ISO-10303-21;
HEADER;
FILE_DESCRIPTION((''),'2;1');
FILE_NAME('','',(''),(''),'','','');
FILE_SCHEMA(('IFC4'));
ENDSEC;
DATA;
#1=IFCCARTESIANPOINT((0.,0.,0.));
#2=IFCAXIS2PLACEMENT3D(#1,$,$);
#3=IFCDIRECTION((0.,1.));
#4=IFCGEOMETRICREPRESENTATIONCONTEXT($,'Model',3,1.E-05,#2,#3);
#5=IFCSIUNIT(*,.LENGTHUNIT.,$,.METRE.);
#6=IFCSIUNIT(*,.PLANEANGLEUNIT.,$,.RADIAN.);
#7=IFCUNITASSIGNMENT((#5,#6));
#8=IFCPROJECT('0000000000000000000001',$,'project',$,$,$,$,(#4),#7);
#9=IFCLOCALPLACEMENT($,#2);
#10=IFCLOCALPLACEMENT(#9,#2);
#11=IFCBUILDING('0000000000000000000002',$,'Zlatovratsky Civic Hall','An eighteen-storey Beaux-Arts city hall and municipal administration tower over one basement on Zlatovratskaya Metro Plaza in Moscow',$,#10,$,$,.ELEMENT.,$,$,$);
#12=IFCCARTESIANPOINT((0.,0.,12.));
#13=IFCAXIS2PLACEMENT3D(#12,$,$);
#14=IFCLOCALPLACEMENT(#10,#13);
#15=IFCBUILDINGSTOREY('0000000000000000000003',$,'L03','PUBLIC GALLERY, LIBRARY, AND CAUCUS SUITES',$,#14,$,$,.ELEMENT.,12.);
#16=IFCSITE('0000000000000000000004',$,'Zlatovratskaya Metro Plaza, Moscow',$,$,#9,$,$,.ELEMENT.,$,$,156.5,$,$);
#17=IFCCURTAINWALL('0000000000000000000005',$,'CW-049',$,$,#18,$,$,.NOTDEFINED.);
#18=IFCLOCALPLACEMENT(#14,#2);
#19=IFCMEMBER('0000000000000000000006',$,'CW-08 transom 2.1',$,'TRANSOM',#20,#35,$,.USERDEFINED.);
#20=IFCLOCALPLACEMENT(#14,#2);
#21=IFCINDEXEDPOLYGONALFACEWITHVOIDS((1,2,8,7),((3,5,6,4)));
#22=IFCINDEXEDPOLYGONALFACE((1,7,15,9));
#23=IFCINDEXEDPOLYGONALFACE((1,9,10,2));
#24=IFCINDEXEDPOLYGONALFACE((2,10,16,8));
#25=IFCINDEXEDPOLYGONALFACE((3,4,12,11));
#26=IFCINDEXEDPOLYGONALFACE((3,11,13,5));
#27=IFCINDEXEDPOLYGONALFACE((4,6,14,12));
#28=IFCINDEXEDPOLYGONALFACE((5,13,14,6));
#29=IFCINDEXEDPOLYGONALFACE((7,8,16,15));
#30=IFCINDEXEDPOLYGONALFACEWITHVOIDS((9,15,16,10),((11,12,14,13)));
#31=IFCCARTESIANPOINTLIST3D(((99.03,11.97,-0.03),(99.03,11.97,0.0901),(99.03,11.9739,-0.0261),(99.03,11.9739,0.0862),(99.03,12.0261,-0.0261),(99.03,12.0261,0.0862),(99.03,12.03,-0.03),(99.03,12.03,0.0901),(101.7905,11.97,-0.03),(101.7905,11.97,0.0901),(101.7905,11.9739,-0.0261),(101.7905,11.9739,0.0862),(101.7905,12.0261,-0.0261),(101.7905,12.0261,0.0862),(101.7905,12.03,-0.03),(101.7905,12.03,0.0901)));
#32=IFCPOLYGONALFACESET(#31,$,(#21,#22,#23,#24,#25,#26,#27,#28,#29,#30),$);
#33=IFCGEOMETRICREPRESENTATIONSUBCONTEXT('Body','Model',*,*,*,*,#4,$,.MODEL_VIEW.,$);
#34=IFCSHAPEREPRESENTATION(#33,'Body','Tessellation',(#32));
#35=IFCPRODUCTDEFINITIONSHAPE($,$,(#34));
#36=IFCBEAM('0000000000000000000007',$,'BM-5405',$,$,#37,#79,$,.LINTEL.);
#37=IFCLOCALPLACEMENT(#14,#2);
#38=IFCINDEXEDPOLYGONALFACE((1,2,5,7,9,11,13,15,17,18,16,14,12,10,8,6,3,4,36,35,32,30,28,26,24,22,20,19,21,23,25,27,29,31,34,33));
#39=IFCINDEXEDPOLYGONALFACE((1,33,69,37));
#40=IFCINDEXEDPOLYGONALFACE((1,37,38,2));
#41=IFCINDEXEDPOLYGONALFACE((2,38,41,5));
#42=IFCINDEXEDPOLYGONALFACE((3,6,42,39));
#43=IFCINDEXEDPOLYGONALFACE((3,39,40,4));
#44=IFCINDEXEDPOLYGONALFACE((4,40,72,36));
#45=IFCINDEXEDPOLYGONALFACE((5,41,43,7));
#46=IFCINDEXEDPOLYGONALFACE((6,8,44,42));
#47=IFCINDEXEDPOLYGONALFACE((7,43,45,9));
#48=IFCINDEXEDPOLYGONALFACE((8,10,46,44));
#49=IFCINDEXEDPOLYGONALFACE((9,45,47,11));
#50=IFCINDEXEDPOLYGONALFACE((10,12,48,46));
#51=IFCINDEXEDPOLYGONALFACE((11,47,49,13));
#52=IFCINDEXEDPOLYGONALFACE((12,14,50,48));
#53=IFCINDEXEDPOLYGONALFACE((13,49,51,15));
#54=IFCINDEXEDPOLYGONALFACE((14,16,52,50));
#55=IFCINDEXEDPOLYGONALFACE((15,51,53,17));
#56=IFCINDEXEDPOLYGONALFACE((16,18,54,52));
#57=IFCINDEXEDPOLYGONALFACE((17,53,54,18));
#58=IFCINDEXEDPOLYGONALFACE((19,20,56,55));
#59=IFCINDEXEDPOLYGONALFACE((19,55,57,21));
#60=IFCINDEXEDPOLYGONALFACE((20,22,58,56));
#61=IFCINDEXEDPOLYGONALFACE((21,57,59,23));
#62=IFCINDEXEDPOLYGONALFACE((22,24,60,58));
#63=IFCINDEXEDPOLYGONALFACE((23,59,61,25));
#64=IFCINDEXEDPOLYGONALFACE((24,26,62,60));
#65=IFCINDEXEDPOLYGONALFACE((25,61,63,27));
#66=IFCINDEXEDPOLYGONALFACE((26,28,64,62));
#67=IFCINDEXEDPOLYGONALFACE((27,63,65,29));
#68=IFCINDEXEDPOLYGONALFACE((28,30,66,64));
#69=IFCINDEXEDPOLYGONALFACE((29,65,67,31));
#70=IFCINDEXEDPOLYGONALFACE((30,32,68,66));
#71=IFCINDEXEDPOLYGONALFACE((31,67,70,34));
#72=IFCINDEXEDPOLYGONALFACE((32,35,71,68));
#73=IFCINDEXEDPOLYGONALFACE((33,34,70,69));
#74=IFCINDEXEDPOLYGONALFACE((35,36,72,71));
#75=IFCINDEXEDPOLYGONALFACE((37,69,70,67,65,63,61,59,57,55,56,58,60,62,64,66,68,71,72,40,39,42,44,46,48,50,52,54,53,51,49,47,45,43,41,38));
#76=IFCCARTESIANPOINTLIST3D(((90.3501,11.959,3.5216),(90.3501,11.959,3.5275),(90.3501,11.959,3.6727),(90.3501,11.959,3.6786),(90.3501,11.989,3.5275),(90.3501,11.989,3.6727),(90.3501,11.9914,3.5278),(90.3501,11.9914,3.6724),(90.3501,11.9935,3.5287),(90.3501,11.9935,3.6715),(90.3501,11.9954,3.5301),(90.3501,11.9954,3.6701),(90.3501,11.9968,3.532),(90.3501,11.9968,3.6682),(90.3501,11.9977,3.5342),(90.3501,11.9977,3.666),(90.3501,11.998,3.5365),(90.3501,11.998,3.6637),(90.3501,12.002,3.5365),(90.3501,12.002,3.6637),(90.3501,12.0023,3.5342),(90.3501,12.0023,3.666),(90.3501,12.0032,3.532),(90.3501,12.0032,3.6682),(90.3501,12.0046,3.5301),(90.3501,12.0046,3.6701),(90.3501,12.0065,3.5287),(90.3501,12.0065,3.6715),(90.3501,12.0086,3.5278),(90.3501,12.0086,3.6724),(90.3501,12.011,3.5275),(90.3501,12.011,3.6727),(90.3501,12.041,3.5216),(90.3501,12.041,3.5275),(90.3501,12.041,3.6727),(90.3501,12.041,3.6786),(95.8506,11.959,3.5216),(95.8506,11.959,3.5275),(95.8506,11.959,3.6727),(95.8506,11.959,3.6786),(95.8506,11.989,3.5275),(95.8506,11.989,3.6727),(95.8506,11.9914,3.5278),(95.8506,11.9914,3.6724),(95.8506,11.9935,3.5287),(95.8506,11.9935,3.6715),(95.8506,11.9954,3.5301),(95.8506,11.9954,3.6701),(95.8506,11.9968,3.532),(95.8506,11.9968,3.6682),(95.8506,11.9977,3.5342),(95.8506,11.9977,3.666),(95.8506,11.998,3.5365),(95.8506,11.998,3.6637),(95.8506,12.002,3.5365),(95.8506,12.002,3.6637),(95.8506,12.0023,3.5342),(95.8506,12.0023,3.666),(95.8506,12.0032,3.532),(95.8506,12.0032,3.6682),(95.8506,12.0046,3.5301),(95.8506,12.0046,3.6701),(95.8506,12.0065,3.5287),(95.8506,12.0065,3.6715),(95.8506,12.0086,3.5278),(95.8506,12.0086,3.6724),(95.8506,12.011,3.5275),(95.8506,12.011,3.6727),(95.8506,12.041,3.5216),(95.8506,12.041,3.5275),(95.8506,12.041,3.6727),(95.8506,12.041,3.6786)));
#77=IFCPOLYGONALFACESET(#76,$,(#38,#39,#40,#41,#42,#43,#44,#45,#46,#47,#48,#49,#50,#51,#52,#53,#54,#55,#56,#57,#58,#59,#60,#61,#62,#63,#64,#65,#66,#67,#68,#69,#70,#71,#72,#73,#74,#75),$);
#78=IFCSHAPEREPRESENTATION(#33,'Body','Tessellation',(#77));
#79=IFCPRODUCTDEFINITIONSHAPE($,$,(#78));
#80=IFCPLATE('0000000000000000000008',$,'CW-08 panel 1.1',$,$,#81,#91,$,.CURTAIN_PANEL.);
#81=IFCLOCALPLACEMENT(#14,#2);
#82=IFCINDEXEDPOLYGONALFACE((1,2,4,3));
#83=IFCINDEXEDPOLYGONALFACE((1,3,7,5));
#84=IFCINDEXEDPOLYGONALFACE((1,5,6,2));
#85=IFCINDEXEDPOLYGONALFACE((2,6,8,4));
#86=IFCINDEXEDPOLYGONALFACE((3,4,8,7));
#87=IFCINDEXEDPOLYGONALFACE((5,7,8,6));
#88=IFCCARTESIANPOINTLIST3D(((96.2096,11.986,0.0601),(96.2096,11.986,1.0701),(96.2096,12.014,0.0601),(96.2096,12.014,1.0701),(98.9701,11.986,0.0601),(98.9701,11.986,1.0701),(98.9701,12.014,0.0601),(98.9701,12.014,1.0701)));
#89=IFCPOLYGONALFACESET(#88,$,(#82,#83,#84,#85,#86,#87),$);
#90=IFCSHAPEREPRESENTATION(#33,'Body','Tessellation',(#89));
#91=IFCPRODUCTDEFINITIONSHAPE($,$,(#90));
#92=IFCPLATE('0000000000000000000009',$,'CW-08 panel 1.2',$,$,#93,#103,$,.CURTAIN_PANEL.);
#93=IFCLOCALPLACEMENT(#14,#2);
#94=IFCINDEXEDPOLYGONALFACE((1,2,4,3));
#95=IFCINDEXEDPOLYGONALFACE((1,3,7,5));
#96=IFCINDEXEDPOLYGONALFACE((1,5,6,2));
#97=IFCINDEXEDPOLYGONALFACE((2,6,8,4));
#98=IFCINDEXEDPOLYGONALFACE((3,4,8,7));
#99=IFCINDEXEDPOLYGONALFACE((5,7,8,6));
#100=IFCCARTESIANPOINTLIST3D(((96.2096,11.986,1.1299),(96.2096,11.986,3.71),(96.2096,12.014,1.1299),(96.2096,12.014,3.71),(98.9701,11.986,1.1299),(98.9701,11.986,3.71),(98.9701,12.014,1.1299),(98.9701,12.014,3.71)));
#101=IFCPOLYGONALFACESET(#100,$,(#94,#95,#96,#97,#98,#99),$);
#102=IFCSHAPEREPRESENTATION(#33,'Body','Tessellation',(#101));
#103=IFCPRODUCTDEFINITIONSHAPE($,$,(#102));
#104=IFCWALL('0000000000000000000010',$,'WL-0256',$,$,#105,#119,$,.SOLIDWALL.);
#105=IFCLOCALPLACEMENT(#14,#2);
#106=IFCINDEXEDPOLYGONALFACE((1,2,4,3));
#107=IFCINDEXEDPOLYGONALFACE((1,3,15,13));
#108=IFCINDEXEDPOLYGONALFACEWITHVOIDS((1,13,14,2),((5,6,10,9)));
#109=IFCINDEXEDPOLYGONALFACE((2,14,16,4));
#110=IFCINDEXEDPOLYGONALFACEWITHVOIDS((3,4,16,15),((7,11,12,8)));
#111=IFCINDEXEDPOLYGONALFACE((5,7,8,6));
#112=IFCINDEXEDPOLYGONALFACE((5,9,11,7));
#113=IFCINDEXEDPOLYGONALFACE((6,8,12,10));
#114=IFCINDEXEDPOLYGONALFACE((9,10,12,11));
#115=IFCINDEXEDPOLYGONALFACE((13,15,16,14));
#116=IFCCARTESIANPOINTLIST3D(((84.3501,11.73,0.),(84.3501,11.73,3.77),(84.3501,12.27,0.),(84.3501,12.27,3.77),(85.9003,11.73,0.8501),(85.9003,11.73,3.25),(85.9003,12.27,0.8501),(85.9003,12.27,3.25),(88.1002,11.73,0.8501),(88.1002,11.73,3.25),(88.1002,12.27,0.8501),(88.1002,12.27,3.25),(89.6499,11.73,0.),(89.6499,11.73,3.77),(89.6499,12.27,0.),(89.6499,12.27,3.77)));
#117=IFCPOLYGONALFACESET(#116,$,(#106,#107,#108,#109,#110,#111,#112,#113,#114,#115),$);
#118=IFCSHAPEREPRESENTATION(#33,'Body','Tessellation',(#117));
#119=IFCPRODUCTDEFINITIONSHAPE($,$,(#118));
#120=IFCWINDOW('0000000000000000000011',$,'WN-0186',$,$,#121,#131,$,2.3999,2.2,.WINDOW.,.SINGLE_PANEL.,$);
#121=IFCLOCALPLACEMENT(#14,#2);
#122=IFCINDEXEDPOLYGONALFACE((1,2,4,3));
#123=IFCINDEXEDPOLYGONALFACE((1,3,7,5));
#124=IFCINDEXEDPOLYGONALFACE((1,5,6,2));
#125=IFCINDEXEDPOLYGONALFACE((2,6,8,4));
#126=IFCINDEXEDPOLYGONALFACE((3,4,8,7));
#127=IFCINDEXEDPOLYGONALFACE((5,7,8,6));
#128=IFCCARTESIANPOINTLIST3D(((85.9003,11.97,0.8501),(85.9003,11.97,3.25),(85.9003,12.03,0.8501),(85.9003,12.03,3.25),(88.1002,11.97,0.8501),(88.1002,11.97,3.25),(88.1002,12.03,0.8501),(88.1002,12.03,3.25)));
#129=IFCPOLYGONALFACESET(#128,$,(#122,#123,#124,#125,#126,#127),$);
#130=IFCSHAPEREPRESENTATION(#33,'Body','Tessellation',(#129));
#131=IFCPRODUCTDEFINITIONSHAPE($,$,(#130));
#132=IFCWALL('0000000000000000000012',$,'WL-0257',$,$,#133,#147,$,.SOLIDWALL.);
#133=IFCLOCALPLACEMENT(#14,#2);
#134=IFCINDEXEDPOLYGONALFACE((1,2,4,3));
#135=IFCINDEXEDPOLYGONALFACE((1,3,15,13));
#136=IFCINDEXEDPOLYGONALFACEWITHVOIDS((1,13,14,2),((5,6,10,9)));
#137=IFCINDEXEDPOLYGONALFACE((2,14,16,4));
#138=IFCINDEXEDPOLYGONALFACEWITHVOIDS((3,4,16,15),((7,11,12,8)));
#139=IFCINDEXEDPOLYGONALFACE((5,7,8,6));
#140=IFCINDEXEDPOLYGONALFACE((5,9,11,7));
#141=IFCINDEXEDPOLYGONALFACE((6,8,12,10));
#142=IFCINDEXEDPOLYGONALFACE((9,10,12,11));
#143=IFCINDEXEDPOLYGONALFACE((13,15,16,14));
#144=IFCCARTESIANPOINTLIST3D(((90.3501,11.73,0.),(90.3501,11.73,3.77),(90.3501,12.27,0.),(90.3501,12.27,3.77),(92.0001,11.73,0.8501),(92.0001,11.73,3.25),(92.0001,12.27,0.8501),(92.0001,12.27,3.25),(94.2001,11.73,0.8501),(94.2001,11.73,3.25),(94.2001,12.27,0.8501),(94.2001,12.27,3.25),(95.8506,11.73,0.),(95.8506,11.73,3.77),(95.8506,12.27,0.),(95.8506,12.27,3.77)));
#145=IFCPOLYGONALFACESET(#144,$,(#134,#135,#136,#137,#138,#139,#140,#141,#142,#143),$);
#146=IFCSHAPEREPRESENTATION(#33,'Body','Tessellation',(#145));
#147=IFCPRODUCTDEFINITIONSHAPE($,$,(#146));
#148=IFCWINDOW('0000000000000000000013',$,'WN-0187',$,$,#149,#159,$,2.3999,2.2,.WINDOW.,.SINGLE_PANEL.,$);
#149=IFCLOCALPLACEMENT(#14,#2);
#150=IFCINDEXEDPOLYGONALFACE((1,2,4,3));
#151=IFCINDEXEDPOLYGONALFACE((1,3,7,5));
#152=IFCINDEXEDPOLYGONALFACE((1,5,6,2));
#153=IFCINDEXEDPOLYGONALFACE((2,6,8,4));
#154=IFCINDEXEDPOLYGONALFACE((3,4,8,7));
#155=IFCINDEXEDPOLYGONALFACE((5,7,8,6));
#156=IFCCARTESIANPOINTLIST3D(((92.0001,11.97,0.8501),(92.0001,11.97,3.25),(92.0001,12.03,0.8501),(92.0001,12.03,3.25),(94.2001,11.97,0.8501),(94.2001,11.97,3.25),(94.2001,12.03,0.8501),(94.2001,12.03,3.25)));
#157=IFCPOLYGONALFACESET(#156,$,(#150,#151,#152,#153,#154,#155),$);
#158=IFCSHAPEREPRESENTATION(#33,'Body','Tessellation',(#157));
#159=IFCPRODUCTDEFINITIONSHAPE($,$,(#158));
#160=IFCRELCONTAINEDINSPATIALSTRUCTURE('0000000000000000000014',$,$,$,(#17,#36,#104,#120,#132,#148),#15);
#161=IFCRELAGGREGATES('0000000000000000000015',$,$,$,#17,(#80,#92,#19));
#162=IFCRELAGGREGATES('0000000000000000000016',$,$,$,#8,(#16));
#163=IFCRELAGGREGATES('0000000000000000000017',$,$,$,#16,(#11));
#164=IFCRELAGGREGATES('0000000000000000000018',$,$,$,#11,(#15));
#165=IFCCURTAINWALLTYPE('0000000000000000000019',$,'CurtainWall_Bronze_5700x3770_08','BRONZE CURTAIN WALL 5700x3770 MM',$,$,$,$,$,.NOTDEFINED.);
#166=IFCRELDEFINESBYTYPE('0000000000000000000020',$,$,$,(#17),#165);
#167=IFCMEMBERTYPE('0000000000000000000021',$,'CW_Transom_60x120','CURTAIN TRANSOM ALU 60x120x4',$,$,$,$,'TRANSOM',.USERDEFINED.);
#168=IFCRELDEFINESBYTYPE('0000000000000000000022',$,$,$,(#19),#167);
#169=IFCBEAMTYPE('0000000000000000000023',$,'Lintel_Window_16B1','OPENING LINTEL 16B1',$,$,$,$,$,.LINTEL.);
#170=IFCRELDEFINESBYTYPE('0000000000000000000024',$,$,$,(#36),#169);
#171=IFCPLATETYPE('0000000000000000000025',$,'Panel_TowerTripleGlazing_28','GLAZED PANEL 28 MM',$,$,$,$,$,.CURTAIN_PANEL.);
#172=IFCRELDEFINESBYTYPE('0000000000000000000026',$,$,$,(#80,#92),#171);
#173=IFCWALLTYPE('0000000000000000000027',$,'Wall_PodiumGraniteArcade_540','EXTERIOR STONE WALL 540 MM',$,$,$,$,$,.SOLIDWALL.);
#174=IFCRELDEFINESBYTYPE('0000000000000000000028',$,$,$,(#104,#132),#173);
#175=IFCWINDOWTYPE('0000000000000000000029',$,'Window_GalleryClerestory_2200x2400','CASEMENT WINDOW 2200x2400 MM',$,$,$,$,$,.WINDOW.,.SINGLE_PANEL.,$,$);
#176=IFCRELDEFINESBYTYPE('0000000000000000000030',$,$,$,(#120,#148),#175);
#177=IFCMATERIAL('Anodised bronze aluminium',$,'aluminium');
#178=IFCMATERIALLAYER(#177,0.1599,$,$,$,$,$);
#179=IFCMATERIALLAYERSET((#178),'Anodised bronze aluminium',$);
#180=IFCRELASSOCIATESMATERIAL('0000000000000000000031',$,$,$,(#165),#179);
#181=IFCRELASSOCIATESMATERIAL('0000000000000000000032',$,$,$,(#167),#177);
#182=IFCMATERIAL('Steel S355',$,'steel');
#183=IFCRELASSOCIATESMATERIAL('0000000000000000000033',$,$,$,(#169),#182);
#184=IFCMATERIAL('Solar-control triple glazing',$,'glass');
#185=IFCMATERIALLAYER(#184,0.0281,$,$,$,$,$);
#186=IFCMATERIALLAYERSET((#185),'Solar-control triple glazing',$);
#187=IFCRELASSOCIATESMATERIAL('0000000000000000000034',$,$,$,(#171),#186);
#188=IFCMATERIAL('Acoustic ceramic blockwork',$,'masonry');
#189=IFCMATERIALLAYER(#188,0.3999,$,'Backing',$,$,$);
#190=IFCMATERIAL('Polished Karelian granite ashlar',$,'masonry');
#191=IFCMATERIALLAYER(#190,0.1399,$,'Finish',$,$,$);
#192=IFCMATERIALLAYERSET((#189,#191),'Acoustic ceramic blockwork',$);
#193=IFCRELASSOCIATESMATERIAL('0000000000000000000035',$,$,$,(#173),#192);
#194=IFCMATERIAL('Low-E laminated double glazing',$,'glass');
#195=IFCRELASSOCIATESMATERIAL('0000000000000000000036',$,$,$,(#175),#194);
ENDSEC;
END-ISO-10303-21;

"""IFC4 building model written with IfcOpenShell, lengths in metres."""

from ifc_helpers import new_model, si_unit, direction, frame, frame_2d, origin, origin_2d, place, context, subcontext, project, spatial, rectangle, hollow_rectangle, i_section, extrude, material, layer, layer_set, material_profile, profile_set, type_object, element, fill, aggregate, save


model = new_model("IFC4")

# Units and contexts
model_context = context("Model", 3, precision=1e-05, world=origin(), true_north=direction((0.0, 1.0)))
body_context = subcontext(model_context, "Body", "Model", "MODEL_VIEW")
ifc_project = project(units=[si_unit("LENGTHUNIT", "METRE"), si_unit("PLANEANGLEUNIT", "RADIAN")], contexts=[model_context])

# Site, building, storey
site_placement = place(None, origin())
site = spatial("IfcSite", under=ifc_project, at=site_placement, Name="Zlatovratskaya Metro Plaza, Moscow", CompositionType="ELEMENT", RefElevation=156.5)
building_placement = place(site_placement, origin())
building = spatial("IfcBuilding", under=site, at=building_placement, Name="Zlatovratsky Civic Hall", Description="An eighteen-storey Beaux-Arts city hall and municipal administration tower over one basement on Zlatovratskaya Metro Plaza in Moscow", CompositionType="ELEMENT")
storey_placement = place(building_placement, frame((0.0, 0.0, 12.0)))
storey = spatial("IfcBuildingStorey", under=building, at=storey_placement, Name="L03", Description="PUBLIC GALLERY, LIBRARY, AND CAUCUS SUITES", CompositionType="ELEMENT", Elevation=12.0)

# Shared definitions
ifc_material_1 = material(Name="Steel S355", Category="steel")

# Curtain wall, member
ifc_material_2 = material(Name="Anodised bronze aluminium", Category="aluminium")
ifc_layer_1 = layer(ifc_material_2, 0.1599)
ifc_layer_set_1 = layer_set([ifc_layer_1], Name="Anodised bronze aluminium")
curtain_wall_type = type_object("IfcCurtainWallType", Name="CurtainWall_Bronze_5700x3770_08", Description="BRONZE CURTAIN WALL 5700x3770 MM", PredefinedType="NOTDEFINED", material=ifc_layer_set_1)
curtain_wall_placement = place(storey_placement, origin())
curtain_wall = element("IfcCurtainWall", 1, at=curtain_wall_placement, inside=storey, type_object=curtain_wall_type, Name="CW-049", PredefinedType="NOTDEFINED")
ifc_material_profile_1 = material_profile(ifc_material_2, hollow_rectangle(XDim=0.0601, YDim=0.1201, WallThickness=0.0039, at=origin_2d()), Name="ALU 60x120x4")
ifc_profile_set_1 = profile_set([ifc_material_profile_1], Name="Anodised bronze aluminium")
member_type_1 = type_object("IfcMemberType", Name="CW_Transom_60x120", Description="CURTAIN TRANSOM ALU 60x120x4", ElementType="TRANSOM", PredefinedType="USERDEFINED", material=ifc_profile_set_1)
member_1_placement = place(storey_placement, frame((99.03, 12.0, 0.03), z_axis=(1.0, 0.0, 0.0), x_axis=(0.0, 1.0, 0.0)))
member_1 = element("IfcMember", 2, at=member_1_placement, type_object=member_type_1, Name="CW-08 transom 2.1", ObjectType="TRANSOM", PredefinedType="USERDEFINED", context=body_context, shape_type="SweptSolid", body=[
    extrude(hollow_rectangle(XDim=0.0601, YDim=0.1201, WallThickness=0.0039, at=origin_2d()), origin(), (0.0, 0.0, 1.0), 2.7605),
])

# Beam
ifc_material_profile_2 = material_profile(ifc_material_1, i_section(OverallWidth=0.082, OverallDepth=0.157, WebThickness=0.0039, FlangeThickness=0.0059, FilletRadius=0.009, at=origin_2d()), Name="16B1")
ifc_profile_set_2 = profile_set([ifc_material_profile_2], Name="Steel S355")
beam_type_1 = type_object("IfcBeamType", Name="Lintel_Window_16B1", Description="OPENING LINTEL 16B1", PredefinedType="LINTEL", material=ifc_profile_set_2)
beam_1_placement = place(storey_placement, frame((90.3501, 12.0, 3.6001), z_axis=(1.0, 0.0, 0.0), x_axis=(0.0, 1.0, 0.0)))
element("IfcBeam", 3, at=beam_1_placement, inside=storey, type_object=beam_type_1, Name="BM-5405", PredefinedType="LINTEL", context=body_context, shape_type="SweptSolid", body=[
    extrude(i_section(OverallWidth=0.082, OverallDepth=0.157, WebThickness=0.0039, FlangeThickness=0.0059, FilletRadius=0.009, at=origin_2d()), origin(), (0.0, 0.0, 1.0), 5.5005),
])

# Plates
ifc_material_3 = material(Name="Solar-control triple glazing", Category="glass")
ifc_layer_2 = layer(ifc_material_3, 0.0281)
ifc_layer_set_2 = layer_set([ifc_layer_2], Name="Solar-control triple glazing")
plate_type = type_object("IfcPlateType", Name="Panel_TowerTripleGlazing_28", Description="GLAZED PANEL 28 MM", PredefinedType="CURTAIN_PANEL", material=ifc_layer_set_2)
plate_1_placement = place(storey_placement, frame((97.5898, 12.0, 0.0601), z_axis=(0.0, 0.0, 1.0), x_axis=(1.0, 0.0, 0.0)))
plate_1 = element("IfcPlate", 4, at=plate_1_placement, type_object=plate_type, Name="CW-08 panel 1.1", PredefinedType="CURTAIN_PANEL", context=body_context, shape_type="SweptSolid", body=[
    extrude(rectangle(XDim=2.7605, YDim=0.0281, at=origin_2d()), origin(), (0.0, 0.0, 1.0), 1.01),
])
plate_2_placement = place(storey_placement, frame((97.5898, 12.0, 1.1299), z_axis=(0.0, 0.0, 1.0), x_axis=(1.0, 0.0, 0.0)))
plate_2 = element("IfcPlate", 5, at=plate_2_placement, type_object=plate_type, Name="CW-08 panel 1.2", PredefinedType="CURTAIN_PANEL", context=body_context, shape_type="SweptSolid", body=[
    extrude(rectangle(XDim=2.7605, YDim=0.0281, at=origin_2d()), origin(), (0.0, 0.0, 1.0), 2.5801),
])
aggregate(curtain_wall, [plate_1, plate_2, member_1])

# Walls, openings, windows
ifc_material_4 = material(Name="Acoustic ceramic blockwork", Category="masonry")
ifc_layer_3 = layer(ifc_material_4, 0.3999, Name="Backing")
ifc_material_5 = material(Name="Polished Karelian granite ashlar", Category="masonry")
ifc_layer_4 = layer(ifc_material_5, 0.1399, Name="Finish")
ifc_layer_set_3 = layer_set([ifc_layer_3, ifc_layer_4], Name="Acoustic ceramic blockwork")
wall_type = type_object("IfcWallType", Name="Wall_PodiumGraniteArcade_540", Description="EXTERIOR STONE WALL 540 MM", PredefinedType="SOLIDWALL", material=ifc_layer_set_3)
wall_1_placement = place(storey_placement, frame((84.3501, 12.0, 0.0), z_axis=(0.0, 0.0, 1.0), x_axis=(1.0, 0.0, 0.0)))
wall_1 = element("IfcWall", 6, at=wall_1_placement, inside=storey, type_object=wall_type, Name="WL-0256", PredefinedType="SOLIDWALL", context=body_context, shape_type="SweptSolid", body=[
    extrude(rectangle(XDim=5.2998, YDim=0.54, at=frame_2d((2.6499, 0.0))), origin(), (0.0, 0.0, 1.0), 3.77),
])
opening_1_placement = place(wall_1_placement, frame((1.55, 0.0, 0.8501)))
opening_1 = element("IfcOpeningElement", 7, at=opening_1_placement, cuts=wall_1, PredefinedType="OPENING", context=body_context, shape_type="SweptSolid", body=[
    extrude(rectangle(XDim=2.2, YDim=2.3999, at=frame_2d((1.1001, 1.2))), frame((0.0, 0.2849, 0.0), z_axis=(0.0, -1.0, 0.0), x_axis=(1.0, 0.0, 0.0)), (0.0, 0.0, 1.0), 0.5698),
])
ifc_material_6 = material(Name="Low-E laminated double glazing", Category="glass")
window_type = type_object("IfcWindowType", Name="Window_GalleryClerestory_2200x2400", Description="CASEMENT WINDOW 2200x2400 MM", PartitioningType="SINGLE_PANEL", PredefinedType="WINDOW", material=ifc_material_6)
window_1_placement = place(opening_1_placement, origin())
window_1 = element("IfcWindow", 8, at=window_1_placement, inside=storey, type_object=window_type, Name="WN-0186", OverallHeight=2.3999, OverallWidth=2.2, PartitioningType="SINGLE_PANEL", PredefinedType="WINDOW", context=body_context, shape_type="SweptSolid", body=[
    extrude(rectangle(XDim=2.2, YDim=2.3999, at=frame_2d((1.1001, 1.2))), frame((0.0, 0.03, 0.0), z_axis=(0.0, -1.0, 0.0), x_axis=(1.0, 0.0, 0.0)), (0.0, 0.0, 1.0), 0.0601),
])
fill(opening_1, window_1)
wall_2_placement = place(storey_placement, frame((90.3501, 12.0, 0.0), z_axis=(0.0, 0.0, 1.0), x_axis=(1.0, 0.0, 0.0)))
wall_2 = element("IfcWall", 9, at=wall_2_placement, inside=storey, type_object=wall_type, Name="WL-0257", PredefinedType="SOLIDWALL", context=body_context, shape_type="SweptSolid", body=[
    extrude(rectangle(XDim=5.5005, YDim=0.54, at=frame_2d((2.7502, 0.0))), origin(), (0.0, 0.0, 1.0), 3.77),
])
opening_2_placement = place(wall_2_placement, frame((1.6499, 0.0, 0.8501)))
opening_2 = element("IfcOpeningElement", 10, at=opening_2_placement, cuts=wall_2, PredefinedType="OPENING", context=body_context, shape_type="SweptSolid", body=[
    extrude(rectangle(XDim=2.2, YDim=2.3999, at=frame_2d((1.1001, 1.2))), frame((0.0, 0.2849, 0.0), z_axis=(0.0, -1.0, 0.0), x_axis=(1.0, 0.0, 0.0)), (0.0, 0.0, 1.0), 0.5698),
])
window_2_placement = place(opening_2_placement, origin())
window_2 = element("IfcWindow", 11, at=window_2_placement, inside=storey, type_object=window_type, Name="WN-0187", OverallHeight=2.3999, OverallWidth=2.2, PartitioningType="SINGLE_PANEL", PredefinedType="WINDOW", context=body_context, shape_type="SweptSolid", body=[
    extrude(rectangle(XDim=2.2, YDim=2.3999, at=frame_2d((1.1001, 1.2))), frame((0.0, 0.03, 0.0), z_axis=(0.0, -1.0, 0.0), x_axis=(1.0, 0.0, 0.0)), (0.0, 0.0, 1.0), 0.0601),
])
fill(opening_2, window_2)

save(model, "model.ifc")
